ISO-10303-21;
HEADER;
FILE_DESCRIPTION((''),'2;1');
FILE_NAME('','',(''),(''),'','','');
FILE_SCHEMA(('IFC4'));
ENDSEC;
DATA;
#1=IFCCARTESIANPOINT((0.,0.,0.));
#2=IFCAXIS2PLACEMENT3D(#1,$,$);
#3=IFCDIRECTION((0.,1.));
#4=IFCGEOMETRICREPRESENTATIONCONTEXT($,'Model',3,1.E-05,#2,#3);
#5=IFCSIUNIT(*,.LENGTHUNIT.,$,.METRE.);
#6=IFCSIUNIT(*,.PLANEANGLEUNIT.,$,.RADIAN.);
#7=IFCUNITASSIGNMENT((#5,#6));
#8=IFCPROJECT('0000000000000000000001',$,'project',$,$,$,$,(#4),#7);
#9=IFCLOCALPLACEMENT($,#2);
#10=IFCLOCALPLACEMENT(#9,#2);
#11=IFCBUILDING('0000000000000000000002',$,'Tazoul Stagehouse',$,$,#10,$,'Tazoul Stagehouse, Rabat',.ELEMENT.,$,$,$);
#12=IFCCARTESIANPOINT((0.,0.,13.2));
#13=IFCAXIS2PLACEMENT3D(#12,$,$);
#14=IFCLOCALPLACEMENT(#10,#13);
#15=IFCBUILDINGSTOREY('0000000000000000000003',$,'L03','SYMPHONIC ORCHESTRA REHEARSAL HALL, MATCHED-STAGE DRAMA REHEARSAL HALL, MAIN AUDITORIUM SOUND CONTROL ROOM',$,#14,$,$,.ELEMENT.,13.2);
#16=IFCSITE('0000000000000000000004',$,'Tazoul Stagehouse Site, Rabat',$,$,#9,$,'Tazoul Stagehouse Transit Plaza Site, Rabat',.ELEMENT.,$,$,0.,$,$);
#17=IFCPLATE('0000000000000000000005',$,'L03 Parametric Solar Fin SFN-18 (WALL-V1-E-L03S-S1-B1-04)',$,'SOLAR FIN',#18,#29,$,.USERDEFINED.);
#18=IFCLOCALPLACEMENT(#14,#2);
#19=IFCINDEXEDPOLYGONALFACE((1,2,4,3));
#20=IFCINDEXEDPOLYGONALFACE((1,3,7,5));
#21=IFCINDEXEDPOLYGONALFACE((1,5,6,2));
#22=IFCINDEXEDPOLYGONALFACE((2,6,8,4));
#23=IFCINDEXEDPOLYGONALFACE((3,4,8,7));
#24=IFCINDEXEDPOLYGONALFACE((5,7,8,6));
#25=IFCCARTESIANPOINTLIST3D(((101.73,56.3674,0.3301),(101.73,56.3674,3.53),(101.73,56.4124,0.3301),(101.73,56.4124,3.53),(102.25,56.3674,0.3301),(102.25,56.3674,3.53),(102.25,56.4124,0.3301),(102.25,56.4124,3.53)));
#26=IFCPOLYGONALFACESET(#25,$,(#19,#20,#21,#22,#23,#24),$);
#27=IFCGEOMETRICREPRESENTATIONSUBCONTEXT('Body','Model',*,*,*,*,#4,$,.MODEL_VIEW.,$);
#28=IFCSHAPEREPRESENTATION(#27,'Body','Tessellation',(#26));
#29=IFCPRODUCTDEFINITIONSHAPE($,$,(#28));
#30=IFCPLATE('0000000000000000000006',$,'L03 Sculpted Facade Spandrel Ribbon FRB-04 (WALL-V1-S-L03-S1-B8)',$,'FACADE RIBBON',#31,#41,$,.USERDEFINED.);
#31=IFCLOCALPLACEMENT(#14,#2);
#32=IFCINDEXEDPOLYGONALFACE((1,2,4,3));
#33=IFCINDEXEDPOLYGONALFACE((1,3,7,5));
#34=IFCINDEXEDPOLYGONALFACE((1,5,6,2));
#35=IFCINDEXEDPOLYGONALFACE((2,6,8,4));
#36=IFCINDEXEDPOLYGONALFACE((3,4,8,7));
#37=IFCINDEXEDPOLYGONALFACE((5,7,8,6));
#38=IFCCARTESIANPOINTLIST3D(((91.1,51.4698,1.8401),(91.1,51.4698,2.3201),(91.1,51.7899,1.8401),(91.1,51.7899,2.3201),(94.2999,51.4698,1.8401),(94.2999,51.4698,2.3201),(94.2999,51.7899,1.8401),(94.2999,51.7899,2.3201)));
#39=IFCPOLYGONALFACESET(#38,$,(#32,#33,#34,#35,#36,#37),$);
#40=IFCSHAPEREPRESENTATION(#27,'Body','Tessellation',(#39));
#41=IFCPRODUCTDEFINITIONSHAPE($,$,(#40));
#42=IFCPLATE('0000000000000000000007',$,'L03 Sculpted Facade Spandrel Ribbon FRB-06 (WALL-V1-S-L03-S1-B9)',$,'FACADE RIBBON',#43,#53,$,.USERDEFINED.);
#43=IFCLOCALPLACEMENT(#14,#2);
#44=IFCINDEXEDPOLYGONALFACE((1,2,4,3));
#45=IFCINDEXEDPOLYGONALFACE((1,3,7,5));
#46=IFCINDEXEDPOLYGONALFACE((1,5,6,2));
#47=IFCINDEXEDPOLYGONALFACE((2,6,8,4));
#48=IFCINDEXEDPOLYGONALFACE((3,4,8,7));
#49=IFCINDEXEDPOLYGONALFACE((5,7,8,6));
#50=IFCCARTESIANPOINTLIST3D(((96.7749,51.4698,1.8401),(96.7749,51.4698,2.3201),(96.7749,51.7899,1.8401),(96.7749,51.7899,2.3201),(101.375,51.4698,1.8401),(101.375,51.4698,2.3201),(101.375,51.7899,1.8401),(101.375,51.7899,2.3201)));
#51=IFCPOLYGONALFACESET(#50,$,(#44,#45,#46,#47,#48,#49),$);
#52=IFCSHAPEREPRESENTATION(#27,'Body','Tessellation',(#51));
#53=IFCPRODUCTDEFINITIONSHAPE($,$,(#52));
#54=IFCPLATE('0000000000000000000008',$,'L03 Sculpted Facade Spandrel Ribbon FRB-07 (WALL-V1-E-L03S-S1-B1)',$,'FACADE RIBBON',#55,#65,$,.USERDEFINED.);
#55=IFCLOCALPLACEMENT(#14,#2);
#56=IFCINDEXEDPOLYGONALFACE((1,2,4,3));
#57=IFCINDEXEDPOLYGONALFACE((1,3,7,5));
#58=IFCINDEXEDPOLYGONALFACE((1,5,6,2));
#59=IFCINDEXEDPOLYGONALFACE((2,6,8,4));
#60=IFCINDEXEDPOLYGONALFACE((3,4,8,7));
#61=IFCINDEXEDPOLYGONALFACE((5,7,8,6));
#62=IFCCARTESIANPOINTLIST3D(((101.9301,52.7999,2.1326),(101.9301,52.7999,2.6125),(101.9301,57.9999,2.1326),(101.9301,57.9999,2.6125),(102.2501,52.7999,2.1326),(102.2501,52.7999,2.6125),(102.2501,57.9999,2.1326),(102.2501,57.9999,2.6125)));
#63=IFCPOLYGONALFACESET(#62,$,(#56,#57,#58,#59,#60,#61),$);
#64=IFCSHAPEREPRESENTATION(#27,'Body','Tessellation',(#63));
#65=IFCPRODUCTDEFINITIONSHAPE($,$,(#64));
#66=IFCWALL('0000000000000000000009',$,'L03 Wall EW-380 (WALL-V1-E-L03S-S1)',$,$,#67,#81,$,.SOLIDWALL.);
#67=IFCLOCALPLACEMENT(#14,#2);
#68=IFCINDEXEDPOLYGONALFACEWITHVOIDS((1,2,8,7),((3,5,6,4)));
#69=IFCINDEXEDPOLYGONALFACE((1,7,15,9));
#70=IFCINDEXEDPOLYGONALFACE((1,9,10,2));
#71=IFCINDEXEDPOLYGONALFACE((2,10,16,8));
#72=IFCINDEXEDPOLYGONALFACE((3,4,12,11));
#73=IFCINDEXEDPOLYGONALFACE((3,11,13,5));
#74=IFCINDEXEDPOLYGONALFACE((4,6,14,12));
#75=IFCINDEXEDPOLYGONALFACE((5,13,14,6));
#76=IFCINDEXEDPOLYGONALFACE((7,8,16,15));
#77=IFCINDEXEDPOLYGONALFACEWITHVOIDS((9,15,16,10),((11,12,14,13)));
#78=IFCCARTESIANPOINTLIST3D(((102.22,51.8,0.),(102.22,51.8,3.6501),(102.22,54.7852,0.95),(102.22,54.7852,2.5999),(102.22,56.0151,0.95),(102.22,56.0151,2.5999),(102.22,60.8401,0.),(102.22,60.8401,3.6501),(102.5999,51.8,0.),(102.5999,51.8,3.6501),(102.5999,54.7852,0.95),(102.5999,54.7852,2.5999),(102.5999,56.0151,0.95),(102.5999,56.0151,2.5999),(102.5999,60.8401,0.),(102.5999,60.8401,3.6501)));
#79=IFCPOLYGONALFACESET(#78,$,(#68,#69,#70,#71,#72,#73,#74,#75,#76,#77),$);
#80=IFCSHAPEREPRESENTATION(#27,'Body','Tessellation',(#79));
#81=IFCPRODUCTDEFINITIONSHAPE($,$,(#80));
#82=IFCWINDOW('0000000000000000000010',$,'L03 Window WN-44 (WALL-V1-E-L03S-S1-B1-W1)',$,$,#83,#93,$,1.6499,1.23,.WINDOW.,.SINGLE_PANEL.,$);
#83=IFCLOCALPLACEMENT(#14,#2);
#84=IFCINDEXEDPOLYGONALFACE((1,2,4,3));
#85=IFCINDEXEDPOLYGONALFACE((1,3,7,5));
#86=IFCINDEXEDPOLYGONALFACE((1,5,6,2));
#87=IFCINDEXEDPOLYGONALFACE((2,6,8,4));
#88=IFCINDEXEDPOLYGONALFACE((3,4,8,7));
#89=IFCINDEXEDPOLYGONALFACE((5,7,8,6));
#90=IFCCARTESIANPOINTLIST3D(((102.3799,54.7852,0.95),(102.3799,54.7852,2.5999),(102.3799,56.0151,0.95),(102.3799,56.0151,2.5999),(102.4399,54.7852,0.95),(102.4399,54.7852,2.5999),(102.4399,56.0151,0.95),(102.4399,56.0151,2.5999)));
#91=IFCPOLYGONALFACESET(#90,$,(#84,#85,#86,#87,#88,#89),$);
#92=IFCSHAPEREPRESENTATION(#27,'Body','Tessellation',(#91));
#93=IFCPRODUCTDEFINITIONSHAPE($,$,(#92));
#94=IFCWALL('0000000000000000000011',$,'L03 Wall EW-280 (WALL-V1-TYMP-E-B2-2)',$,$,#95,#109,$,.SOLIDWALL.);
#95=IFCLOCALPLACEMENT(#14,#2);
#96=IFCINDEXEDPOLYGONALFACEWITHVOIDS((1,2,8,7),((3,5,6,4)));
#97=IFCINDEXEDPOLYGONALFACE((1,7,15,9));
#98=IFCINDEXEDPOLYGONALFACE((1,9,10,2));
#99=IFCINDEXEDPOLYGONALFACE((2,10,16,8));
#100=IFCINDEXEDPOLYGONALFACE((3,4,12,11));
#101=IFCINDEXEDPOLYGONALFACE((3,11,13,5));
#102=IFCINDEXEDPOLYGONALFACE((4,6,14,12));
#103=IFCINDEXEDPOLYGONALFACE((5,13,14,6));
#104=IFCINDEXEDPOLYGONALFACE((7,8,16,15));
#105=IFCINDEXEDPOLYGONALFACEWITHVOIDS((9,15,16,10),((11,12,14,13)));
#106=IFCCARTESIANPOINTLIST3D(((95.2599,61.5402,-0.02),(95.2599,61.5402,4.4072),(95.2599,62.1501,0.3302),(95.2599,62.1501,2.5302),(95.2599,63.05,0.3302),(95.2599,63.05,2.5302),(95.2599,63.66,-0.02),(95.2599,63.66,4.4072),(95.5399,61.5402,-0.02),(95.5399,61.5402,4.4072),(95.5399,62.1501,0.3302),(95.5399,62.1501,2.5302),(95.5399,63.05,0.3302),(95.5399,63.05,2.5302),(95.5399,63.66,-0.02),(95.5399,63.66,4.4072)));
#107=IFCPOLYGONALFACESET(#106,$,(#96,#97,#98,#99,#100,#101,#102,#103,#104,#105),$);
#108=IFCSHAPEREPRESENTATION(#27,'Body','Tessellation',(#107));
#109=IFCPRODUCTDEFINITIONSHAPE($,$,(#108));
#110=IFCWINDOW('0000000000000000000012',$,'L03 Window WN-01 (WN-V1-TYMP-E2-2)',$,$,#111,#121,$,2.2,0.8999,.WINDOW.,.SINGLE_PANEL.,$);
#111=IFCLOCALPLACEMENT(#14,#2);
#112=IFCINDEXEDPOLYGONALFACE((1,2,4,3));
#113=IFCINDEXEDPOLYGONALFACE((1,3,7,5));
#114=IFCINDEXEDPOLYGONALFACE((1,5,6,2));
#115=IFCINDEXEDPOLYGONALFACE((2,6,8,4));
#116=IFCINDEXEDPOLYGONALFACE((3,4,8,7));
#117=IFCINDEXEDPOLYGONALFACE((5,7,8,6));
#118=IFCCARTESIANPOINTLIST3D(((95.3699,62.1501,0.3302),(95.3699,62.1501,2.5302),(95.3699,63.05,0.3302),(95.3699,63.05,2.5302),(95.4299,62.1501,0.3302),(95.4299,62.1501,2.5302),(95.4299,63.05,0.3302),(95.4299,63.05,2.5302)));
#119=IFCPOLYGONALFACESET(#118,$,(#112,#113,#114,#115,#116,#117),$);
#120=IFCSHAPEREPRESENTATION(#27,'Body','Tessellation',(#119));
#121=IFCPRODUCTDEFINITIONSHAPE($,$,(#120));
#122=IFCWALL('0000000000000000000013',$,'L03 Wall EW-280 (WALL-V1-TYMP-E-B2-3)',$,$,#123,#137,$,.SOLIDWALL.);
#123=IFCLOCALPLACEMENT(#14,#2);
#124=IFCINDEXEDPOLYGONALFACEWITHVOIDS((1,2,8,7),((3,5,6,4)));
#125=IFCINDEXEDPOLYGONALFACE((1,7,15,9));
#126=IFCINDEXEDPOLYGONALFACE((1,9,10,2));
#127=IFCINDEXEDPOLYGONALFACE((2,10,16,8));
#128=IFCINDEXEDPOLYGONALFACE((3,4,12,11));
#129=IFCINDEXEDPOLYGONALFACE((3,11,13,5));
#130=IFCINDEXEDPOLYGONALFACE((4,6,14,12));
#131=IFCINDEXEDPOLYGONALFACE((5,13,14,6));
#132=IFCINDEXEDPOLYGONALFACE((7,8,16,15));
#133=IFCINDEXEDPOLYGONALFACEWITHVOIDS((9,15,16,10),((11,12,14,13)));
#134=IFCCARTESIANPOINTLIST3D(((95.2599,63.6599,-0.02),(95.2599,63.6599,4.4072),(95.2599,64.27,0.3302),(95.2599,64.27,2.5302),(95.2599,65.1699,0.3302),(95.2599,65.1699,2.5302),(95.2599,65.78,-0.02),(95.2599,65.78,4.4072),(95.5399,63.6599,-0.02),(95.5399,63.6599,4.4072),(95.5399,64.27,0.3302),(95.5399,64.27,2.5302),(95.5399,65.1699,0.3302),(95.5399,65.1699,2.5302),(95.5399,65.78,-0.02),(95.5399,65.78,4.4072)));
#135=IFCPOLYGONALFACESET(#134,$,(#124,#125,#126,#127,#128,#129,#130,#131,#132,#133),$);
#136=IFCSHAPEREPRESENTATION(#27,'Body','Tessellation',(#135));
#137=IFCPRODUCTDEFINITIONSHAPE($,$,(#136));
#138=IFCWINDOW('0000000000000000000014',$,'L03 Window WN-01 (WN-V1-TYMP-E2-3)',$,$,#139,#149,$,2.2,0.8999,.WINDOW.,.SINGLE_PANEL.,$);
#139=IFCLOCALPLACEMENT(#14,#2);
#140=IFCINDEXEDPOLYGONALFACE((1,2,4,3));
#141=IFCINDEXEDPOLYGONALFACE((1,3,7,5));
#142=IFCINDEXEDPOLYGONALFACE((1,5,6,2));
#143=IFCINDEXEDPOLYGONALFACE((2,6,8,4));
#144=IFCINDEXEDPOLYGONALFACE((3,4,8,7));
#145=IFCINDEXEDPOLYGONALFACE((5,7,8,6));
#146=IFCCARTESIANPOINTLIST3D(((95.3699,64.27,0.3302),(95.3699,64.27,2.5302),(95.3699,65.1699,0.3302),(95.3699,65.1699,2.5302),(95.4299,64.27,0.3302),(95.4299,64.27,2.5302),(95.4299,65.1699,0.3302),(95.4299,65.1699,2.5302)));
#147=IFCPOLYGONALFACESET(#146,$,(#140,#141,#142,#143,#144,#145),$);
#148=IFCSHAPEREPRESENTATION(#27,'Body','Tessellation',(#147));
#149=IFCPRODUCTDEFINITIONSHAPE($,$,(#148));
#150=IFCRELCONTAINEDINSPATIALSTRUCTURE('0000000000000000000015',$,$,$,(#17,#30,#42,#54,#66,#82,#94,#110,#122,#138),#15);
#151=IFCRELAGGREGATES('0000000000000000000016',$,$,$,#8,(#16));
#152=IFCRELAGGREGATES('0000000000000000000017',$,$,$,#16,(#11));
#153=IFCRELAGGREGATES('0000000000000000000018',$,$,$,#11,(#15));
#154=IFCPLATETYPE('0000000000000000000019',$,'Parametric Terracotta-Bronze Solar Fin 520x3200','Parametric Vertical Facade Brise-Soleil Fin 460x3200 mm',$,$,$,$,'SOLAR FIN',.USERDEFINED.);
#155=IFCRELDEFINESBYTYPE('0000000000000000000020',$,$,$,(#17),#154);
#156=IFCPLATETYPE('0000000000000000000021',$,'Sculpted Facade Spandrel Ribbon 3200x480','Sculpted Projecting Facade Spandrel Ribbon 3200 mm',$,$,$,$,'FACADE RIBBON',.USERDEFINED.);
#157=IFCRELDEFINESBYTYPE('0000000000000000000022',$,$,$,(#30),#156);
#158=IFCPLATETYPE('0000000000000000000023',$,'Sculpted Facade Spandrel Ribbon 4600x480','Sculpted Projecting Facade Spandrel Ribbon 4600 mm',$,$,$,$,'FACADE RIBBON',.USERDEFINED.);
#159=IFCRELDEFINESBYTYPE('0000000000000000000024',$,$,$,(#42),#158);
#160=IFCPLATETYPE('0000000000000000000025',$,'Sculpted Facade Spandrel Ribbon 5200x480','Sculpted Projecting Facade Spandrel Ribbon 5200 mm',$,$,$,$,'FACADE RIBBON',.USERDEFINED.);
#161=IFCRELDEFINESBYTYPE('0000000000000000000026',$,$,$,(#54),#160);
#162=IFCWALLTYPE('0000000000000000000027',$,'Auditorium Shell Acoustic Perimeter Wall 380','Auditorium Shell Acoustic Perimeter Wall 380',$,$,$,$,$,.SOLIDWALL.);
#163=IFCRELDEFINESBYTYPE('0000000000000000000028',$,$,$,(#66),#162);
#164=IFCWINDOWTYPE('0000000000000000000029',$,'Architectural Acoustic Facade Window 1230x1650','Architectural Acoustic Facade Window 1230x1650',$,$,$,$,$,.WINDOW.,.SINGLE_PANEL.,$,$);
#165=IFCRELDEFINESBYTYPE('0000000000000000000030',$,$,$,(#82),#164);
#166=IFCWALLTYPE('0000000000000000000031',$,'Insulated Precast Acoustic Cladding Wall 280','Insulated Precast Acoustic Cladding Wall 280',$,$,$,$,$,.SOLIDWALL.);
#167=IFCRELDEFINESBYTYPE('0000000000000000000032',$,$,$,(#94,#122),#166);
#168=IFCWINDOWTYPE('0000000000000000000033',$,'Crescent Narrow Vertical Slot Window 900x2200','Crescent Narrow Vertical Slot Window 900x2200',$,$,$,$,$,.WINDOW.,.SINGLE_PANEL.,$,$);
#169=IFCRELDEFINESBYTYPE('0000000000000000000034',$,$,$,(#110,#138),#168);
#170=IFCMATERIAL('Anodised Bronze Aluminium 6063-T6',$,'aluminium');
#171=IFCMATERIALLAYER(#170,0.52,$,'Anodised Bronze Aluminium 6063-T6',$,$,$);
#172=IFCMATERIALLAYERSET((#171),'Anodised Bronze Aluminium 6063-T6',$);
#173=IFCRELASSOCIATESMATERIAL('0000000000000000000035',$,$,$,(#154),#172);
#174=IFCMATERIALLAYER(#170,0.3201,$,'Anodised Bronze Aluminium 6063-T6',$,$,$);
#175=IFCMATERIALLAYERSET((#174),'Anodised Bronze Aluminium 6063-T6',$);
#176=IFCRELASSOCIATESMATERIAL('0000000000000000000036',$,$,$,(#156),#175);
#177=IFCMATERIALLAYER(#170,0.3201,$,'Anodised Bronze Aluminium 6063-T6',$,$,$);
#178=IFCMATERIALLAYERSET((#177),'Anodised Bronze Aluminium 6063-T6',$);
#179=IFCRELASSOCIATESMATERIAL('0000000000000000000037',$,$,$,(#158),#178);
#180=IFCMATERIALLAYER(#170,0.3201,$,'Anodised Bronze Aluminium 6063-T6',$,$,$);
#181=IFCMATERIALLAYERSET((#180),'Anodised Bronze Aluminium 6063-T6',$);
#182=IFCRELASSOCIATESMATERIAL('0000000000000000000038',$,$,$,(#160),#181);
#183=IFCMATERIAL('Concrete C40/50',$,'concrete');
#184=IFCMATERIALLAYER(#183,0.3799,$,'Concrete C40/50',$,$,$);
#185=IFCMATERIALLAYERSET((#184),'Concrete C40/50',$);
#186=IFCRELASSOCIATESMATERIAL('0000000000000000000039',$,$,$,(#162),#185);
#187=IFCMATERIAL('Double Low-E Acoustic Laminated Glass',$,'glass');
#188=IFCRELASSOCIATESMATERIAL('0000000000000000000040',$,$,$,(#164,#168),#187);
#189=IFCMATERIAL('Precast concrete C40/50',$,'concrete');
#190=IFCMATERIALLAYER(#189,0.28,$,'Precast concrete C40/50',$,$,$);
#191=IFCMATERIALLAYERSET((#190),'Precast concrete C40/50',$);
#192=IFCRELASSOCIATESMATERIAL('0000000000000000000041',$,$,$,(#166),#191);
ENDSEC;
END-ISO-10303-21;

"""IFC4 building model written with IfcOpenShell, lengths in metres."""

from ifc_helpers import new_model, si_unit, direction, frame, frame_2d, origin, origin_2d, place, context, subcontext, project, spatial, rectangle, extrude, material, layer, layer_set, type_object, element, fill, save


model = new_model("IFC4")

# Units and contexts
model_context = context("Model", 3, precision=1e-05, world=origin(), true_north=direction((0.0, 1.0)))
body_context = subcontext(model_context, "Body", "Model", "MODEL_VIEW")
ifc_project = project(units=[si_unit("LENGTHUNIT", "METRE"), si_unit("PLANEANGLEUNIT", "RADIAN")], contexts=[model_context])

# Site, building, storey
site_placement = place(None, origin())
site = spatial("IfcSite", under=ifc_project, at=site_placement, Name="Tazoul Stagehouse Site, Rabat", LongName="Tazoul Stagehouse Transit Plaza Site, Rabat", CompositionType="ELEMENT", RefElevation=0.0)
building_placement = place(site_placement, origin())
building = spatial("IfcBuilding", under=site, at=building_placement, Name="Tazoul Stagehouse", LongName="Tazoul Stagehouse, Rabat", CompositionType="ELEMENT")
storey_placement = place(building_placement, frame((0.0, 0.0, 13.2)))
storey = spatial("IfcBuildingStorey", under=building, at=storey_placement, Name="L03", Description="SYMPHONIC ORCHESTRA REHEARSAL HALL, MATCHED-STAGE DRAMA REHEARSAL HALL, MAIN AUDITORIUM SOUND CONTROL ROOM", CompositionType="ELEMENT", Elevation=13.2)

# Shared definitions
ifc_material_1 = material(Name="Concrete C40/50", Category="concrete")

# Plates
ifc_material_2 = material(Name="Anodised Bronze Aluminium 6063-T6", Category="aluminium")
ifc_layer_1 = layer(ifc_material_2, 0.52, Name="Anodised Bronze Aluminium 6063-T6")
ifc_layer_set_1 = layer_set([ifc_layer_1], Name="Anodised Bronze Aluminium 6063-T6")
plate_type_1 = type_object("IfcPlateType", Name="Parametric Terracotta-Bronze Solar Fin 520x3200", Description="Parametric Vertical Facade Brise-Soleil Fin 460x3200 mm", ElementType="SOLAR FIN", PredefinedType="USERDEFINED", material=ifc_layer_set_1)
for number, where, z_axis, x_axis, name in (
    (1, (101.99, 56.3899, 0.3301), (0.0, 0.0, 1.0), (0.0, 1.0, 0.0), "L03 Parametric Solar Fin SFN-18 (WALL-V1-E-L03S-S1-B1-04)"),
):
    element("IfcPlate", number, at=place(storey_placement, frame(where, z_axis=z_axis, x_axis=x_axis)), inside=storey, type_object=plate_type_1, Name=name, ObjectType="SOLAR FIN", PredefinedType="USERDEFINED", context=body_context, shape_type="SweptSolid", body=[
        extrude(rectangle(XDim=0.0449, YDim=0.52, at=origin_2d()), origin(), (0.0, 0.0, 1.0), 3.2),
    ])
ifc_layer_2 = layer(ifc_material_2, 0.3201, Name="Anodised Bronze Aluminium 6063-T6")
ifc_layer_set_2 = layer_set([ifc_layer_2], Name="Anodised Bronze Aluminium 6063-T6")
plate_type_2 = type_object("IfcPlateType", Name="Sculpted Facade Spandrel Ribbon 3200x480", Description="Sculpted Projecting Facade Spandrel Ribbon 3200 mm", ElementType="FACADE RIBBON", PredefinedType="USERDEFINED", material=ifc_layer_set_2)
plate_1_placement = place(storey_placement, frame((92.7, 51.6299, 1.8401), z_axis=(0.0, 0.0, 1.0), x_axis=(1.0, 0.0, 0.0)))
element("IfcPlate", 2, at=plate_1_placement, inside=storey, type_object=plate_type_2, Name="L03 Sculpted Facade Spandrel Ribbon FRB-04 (WALL-V1-S-L03-S1-B8)", ObjectType="FACADE RIBBON", PredefinedType="USERDEFINED", context=body_context, shape_type="SweptSolid", body=[
    extrude(rectangle(XDim=3.2, YDim=0.3201, at=origin_2d()), origin(), (0.0, 0.0, 1.0), 0.48),
])
ifc_layer_3 = layer(ifc_material_2, 0.3201, Name="Anodised Bronze Aluminium 6063-T6")
ifc_layer_set_3 = layer_set([ifc_layer_3], Name="Anodised Bronze Aluminium 6063-T6")
plate_type_3 = type_object("IfcPlateType", Name="Sculpted Facade Spandrel Ribbon 4600x480", Description="Sculpted Projecting Facade Spandrel Ribbon 4600 mm", ElementType="FACADE RIBBON", PredefinedType="USERDEFINED", material=ifc_layer_set_3)
plate_2_placement = place(storey_placement, frame((99.075, 51.6299, 1.8401), z_axis=(0.0, 0.0, 1.0), x_axis=(1.0, 0.0, 0.0)))
element("IfcPlate", 3, at=plate_2_placement, inside=storey, type_object=plate_type_3, Name="L03 Sculpted Facade Spandrel Ribbon FRB-06 (WALL-V1-S-L03-S1-B9)", ObjectType="FACADE RIBBON", PredefinedType="USERDEFINED", context=body_context, shape_type="SweptSolid", body=[
    extrude(rectangle(XDim=4.6001, YDim=0.3201, at=origin_2d()), origin(), (0.0, 0.0, 1.0), 0.48),
])
ifc_layer_4 = layer(ifc_material_2, 0.3201, Name="Anodised Bronze Aluminium 6063-T6")
ifc_layer_set_4 = layer_set([ifc_layer_4], Name="Anodised Bronze Aluminium 6063-T6")
plate_type_4 = type_object("IfcPlateType", Name="Sculpted Facade Spandrel Ribbon 5200x480", Description="Sculpted Projecting Facade Spandrel Ribbon 5200 mm", ElementType="FACADE RIBBON", PredefinedType="USERDEFINED", material=ifc_layer_set_4)
plate_3_placement = place(storey_placement, frame((102.0901, 55.3999, 2.1326), z_axis=(0.0, 0.0, 1.0), x_axis=(0.0, 1.0, 0.0)))
element("IfcPlate", 4, at=plate_3_placement, inside=storey, type_object=plate_type_4, Name="L03 Sculpted Facade Spandrel Ribbon FRB-07 (WALL-V1-E-L03S-S1-B1)", ObjectType="FACADE RIBBON", PredefinedType="USERDEFINED", context=body_context, shape_type="SweptSolid", body=[
    extrude(rectangle(XDim=5.2, YDim=0.3201, at=origin_2d()), origin(), (0.0, 0.0, 1.0), 0.48),
])

# Walls, openings, windows
ifc_layer_5 = layer(ifc_material_1, 0.3799, Name="Concrete C40/50")
ifc_layer_set_5 = layer_set([ifc_layer_5], Name="Concrete C40/50")
wall_type_1 = type_object("IfcWallType", Name="Auditorium Shell Acoustic Perimeter Wall 380", Description="Auditorium Shell Acoustic Perimeter Wall 380", PredefinedType="SOLIDWALL", material=ifc_layer_set_5)
wall_1_placement = place(storey_placement, frame((102.4099, 51.8, 0.0), z_axis=(0.0, 0.0, 1.0), x_axis=(0.0, 1.0, 0.0)))
wall_1 = element("IfcWall", 5, at=wall_1_placement, inside=storey, type_object=wall_type_1, Name="L03 Wall EW-380 (WALL-V1-E-L03S-S1)", PredefinedType="SOLIDWALL", context=body_context, shape_type="SweptSolid", body=[
    extrude(rectangle(XDim=9.04, YDim=0.3799, at=frame_2d((4.52, 0.0))), origin(), (0.0, 0.0, 1.0), 3.6501),
])
opening_1_placement = place(wall_1_placement, frame((2.9851, 0.0, 0.95)))
opening_1 = element("IfcOpeningElement", 6, at=opening_1_placement, cuts=wall_1, PredefinedType="OPENING", context=body_context, shape_type="SweptSolid", body=[
    extrude(rectangle(XDim=1.23, YDim=1.6499, at=frame_2d((0.615, 0.825))), frame((0.0, 0.21, 0.0), z_axis=(0.0, -1.0, 0.0), x_axis=(1.0, 0.0, 0.0)), (0.0, 0.0, 1.0), 0.4199),
])
ifc_material_3 = material(Name="Double Low-E Acoustic Laminated Glass", Category="glass")
window_type_1 = type_object("IfcWindowType", Name="Architectural Acoustic Facade Window 1230x1650", Description="Architectural Acoustic Facade Window 1230x1650", PartitioningType="SINGLE_PANEL", PredefinedType="WINDOW", material=ifc_material_3)
window_1_placement = place(opening_1_placement, origin())
window_1 = element("IfcWindow", 7, at=window_1_placement, inside=storey, type_object=window_type_1, Name="L03 Window WN-44 (WALL-V1-E-L03S-S1-B1-W1)", OverallHeight=1.6499, OverallWidth=1.23, PartitioningType="SINGLE_PANEL", PredefinedType="WINDOW", context=body_context, shape_type="SweptSolid", body=[
    extrude(rectangle(XDim=1.23, YDim=1.6499, at=frame_2d((0.615, 0.825))), frame((0.0, 0.03, 0.0), z_axis=(0.0, -1.0, 0.0), x_axis=(1.0, 0.0, 0.0)), (0.0, 0.0, 1.0), 0.0601),
])
fill(opening_1, window_1)
ifc_material_4 = material(Name="Precast concrete C40/50", Category="concrete")
ifc_layer_6 = layer(ifc_material_4, 0.28, Name="Precast concrete C40/50")
ifc_layer_set_6 = layer_set([ifc_layer_6], Name="Precast concrete C40/50")
wall_type_2 = type_object("IfcWallType", Name="Insulated Precast Acoustic Cladding Wall 280", Description="Insulated Precast Acoustic Cladding Wall 280", PredefinedType="SOLIDWALL", material=ifc_layer_set_6)
wall_2_placement = place(storey_placement, frame((95.3999, 61.54, -0.02), z_axis=(0.0, 0.0, 1.0), x_axis=(0.0, 1.0, 0.0)))
wall_2 = element("IfcWall", 8, at=wall_2_placement, inside=storey, type_object=wall_type_2, Name="L03 Wall EW-280 (WALL-V1-TYMP-E-B2-2)", PredefinedType="SOLIDWALL", context=body_context, shape_type="SweptSolid", body=[
    extrude(rectangle(XDim=2.1199, YDim=0.28, at=frame_2d((1.0601, 0.0))), origin(), (0.0, 0.0, 1.0), 4.4272),
])
opening_2_placement = place(wall_2_placement, frame((0.6101, 0.0, 0.3501)))
opening_2 = element("IfcOpeningElement", 9, at=opening_2_placement, cuts=wall_2, PredefinedType="OPENING", context=body_context, shape_type="SweptSolid", body=[
    extrude(rectangle(XDim=0.8999, YDim=2.2, at=frame_2d((0.45, 1.1001))), frame((0.0, 0.1599, 0.0), z_axis=(0.0, -1.0, 0.0), x_axis=(1.0, 0.0, 0.0)), (0.0, 0.0, 1.0), 0.3201),
])
window_type_2 = type_object("IfcWindowType", Name="Crescent Narrow Vertical Slot Window 900x2200", Description="Crescent Narrow Vertical Slot Window 900x2200", PartitioningType="SINGLE_PANEL", PredefinedType="WINDOW", material=ifc_material_3)
window_2_placement = place(opening_2_placement, origin())
window_2 = element("IfcWindow", 10, at=window_2_placement, inside=storey, type_object=window_type_2, Name="L03 Window WN-01 (WN-V1-TYMP-E2-2)", OverallHeight=2.2, OverallWidth=0.8999, PartitioningType="SINGLE_PANEL", PredefinedType="WINDOW", context=body_context, shape_type="SweptSolid", body=[
    extrude(rectangle(XDim=0.8999, YDim=2.2, at=frame_2d((0.45, 1.1001))), frame((0.0, 0.03, 0.0), z_axis=(0.0, -1.0, 0.0), x_axis=(1.0, 0.0, 0.0)), (0.0, 0.0, 1.0), 0.0601),
])
fill(opening_2, window_2)
wall_3_placement = place(storey_placement, frame((95.3999, 63.6599, -0.02), z_axis=(0.0, 0.0, 1.0), x_axis=(0.0, 1.0, 0.0)))
wall_3 = element("IfcWall", 11, at=wall_3_placement, inside=storey, type_object=wall_type_2, Name="L03 Wall EW-280 (WALL-V1-TYMP-E-B2-3)", PredefinedType="SOLIDWALL", context=body_context, shape_type="SweptSolid", body=[
    extrude(rectangle(XDim=2.1201, YDim=0.28, at=frame_2d((1.0601, 0.0))), origin(), (0.0, 0.0, 1.0), 4.4272),
])
opening_3_placement = place(wall_3_placement, frame((0.6101, 0.0, 0.3501)))
opening_3 = element("IfcOpeningElement", 12, at=opening_3_placement, cuts=wall_3, PredefinedType="OPENING", context=body_context, shape_type="SweptSolid", body=[
    extrude(rectangle(XDim=0.8999, YDim=2.2, at=frame_2d((0.45, 1.1001))), frame((0.0, 0.1599, 0.0), z_axis=(0.0, -1.0, 0.0), x_axis=(1.0, 0.0, 0.0)), (0.0, 0.0, 1.0), 0.3201),
])
window_3_placement = place(opening_3_placement, origin())
window_3 = element("IfcWindow", 13, at=window_3_placement, inside=storey, type_object=window_type_2, Name="L03 Window WN-01 (WN-V1-TYMP-E2-3)", OverallHeight=2.2, OverallWidth=0.8999, PartitioningType="SINGLE_PANEL", PredefinedType="WINDOW", context=body_context, shape_type="SweptSolid", body=[
    extrude(rectangle(XDim=0.8999, YDim=2.2, at=frame_2d((0.45, 1.1001))), frame((0.0, 0.03, 0.0), z_axis=(0.0, -1.0, 0.0), x_axis=(1.0, 0.0, 0.0)), (0.0, 0.0, 1.0), 0.0601),
])
fill(opening_3, window_3)

save(model, "model.ifc")
